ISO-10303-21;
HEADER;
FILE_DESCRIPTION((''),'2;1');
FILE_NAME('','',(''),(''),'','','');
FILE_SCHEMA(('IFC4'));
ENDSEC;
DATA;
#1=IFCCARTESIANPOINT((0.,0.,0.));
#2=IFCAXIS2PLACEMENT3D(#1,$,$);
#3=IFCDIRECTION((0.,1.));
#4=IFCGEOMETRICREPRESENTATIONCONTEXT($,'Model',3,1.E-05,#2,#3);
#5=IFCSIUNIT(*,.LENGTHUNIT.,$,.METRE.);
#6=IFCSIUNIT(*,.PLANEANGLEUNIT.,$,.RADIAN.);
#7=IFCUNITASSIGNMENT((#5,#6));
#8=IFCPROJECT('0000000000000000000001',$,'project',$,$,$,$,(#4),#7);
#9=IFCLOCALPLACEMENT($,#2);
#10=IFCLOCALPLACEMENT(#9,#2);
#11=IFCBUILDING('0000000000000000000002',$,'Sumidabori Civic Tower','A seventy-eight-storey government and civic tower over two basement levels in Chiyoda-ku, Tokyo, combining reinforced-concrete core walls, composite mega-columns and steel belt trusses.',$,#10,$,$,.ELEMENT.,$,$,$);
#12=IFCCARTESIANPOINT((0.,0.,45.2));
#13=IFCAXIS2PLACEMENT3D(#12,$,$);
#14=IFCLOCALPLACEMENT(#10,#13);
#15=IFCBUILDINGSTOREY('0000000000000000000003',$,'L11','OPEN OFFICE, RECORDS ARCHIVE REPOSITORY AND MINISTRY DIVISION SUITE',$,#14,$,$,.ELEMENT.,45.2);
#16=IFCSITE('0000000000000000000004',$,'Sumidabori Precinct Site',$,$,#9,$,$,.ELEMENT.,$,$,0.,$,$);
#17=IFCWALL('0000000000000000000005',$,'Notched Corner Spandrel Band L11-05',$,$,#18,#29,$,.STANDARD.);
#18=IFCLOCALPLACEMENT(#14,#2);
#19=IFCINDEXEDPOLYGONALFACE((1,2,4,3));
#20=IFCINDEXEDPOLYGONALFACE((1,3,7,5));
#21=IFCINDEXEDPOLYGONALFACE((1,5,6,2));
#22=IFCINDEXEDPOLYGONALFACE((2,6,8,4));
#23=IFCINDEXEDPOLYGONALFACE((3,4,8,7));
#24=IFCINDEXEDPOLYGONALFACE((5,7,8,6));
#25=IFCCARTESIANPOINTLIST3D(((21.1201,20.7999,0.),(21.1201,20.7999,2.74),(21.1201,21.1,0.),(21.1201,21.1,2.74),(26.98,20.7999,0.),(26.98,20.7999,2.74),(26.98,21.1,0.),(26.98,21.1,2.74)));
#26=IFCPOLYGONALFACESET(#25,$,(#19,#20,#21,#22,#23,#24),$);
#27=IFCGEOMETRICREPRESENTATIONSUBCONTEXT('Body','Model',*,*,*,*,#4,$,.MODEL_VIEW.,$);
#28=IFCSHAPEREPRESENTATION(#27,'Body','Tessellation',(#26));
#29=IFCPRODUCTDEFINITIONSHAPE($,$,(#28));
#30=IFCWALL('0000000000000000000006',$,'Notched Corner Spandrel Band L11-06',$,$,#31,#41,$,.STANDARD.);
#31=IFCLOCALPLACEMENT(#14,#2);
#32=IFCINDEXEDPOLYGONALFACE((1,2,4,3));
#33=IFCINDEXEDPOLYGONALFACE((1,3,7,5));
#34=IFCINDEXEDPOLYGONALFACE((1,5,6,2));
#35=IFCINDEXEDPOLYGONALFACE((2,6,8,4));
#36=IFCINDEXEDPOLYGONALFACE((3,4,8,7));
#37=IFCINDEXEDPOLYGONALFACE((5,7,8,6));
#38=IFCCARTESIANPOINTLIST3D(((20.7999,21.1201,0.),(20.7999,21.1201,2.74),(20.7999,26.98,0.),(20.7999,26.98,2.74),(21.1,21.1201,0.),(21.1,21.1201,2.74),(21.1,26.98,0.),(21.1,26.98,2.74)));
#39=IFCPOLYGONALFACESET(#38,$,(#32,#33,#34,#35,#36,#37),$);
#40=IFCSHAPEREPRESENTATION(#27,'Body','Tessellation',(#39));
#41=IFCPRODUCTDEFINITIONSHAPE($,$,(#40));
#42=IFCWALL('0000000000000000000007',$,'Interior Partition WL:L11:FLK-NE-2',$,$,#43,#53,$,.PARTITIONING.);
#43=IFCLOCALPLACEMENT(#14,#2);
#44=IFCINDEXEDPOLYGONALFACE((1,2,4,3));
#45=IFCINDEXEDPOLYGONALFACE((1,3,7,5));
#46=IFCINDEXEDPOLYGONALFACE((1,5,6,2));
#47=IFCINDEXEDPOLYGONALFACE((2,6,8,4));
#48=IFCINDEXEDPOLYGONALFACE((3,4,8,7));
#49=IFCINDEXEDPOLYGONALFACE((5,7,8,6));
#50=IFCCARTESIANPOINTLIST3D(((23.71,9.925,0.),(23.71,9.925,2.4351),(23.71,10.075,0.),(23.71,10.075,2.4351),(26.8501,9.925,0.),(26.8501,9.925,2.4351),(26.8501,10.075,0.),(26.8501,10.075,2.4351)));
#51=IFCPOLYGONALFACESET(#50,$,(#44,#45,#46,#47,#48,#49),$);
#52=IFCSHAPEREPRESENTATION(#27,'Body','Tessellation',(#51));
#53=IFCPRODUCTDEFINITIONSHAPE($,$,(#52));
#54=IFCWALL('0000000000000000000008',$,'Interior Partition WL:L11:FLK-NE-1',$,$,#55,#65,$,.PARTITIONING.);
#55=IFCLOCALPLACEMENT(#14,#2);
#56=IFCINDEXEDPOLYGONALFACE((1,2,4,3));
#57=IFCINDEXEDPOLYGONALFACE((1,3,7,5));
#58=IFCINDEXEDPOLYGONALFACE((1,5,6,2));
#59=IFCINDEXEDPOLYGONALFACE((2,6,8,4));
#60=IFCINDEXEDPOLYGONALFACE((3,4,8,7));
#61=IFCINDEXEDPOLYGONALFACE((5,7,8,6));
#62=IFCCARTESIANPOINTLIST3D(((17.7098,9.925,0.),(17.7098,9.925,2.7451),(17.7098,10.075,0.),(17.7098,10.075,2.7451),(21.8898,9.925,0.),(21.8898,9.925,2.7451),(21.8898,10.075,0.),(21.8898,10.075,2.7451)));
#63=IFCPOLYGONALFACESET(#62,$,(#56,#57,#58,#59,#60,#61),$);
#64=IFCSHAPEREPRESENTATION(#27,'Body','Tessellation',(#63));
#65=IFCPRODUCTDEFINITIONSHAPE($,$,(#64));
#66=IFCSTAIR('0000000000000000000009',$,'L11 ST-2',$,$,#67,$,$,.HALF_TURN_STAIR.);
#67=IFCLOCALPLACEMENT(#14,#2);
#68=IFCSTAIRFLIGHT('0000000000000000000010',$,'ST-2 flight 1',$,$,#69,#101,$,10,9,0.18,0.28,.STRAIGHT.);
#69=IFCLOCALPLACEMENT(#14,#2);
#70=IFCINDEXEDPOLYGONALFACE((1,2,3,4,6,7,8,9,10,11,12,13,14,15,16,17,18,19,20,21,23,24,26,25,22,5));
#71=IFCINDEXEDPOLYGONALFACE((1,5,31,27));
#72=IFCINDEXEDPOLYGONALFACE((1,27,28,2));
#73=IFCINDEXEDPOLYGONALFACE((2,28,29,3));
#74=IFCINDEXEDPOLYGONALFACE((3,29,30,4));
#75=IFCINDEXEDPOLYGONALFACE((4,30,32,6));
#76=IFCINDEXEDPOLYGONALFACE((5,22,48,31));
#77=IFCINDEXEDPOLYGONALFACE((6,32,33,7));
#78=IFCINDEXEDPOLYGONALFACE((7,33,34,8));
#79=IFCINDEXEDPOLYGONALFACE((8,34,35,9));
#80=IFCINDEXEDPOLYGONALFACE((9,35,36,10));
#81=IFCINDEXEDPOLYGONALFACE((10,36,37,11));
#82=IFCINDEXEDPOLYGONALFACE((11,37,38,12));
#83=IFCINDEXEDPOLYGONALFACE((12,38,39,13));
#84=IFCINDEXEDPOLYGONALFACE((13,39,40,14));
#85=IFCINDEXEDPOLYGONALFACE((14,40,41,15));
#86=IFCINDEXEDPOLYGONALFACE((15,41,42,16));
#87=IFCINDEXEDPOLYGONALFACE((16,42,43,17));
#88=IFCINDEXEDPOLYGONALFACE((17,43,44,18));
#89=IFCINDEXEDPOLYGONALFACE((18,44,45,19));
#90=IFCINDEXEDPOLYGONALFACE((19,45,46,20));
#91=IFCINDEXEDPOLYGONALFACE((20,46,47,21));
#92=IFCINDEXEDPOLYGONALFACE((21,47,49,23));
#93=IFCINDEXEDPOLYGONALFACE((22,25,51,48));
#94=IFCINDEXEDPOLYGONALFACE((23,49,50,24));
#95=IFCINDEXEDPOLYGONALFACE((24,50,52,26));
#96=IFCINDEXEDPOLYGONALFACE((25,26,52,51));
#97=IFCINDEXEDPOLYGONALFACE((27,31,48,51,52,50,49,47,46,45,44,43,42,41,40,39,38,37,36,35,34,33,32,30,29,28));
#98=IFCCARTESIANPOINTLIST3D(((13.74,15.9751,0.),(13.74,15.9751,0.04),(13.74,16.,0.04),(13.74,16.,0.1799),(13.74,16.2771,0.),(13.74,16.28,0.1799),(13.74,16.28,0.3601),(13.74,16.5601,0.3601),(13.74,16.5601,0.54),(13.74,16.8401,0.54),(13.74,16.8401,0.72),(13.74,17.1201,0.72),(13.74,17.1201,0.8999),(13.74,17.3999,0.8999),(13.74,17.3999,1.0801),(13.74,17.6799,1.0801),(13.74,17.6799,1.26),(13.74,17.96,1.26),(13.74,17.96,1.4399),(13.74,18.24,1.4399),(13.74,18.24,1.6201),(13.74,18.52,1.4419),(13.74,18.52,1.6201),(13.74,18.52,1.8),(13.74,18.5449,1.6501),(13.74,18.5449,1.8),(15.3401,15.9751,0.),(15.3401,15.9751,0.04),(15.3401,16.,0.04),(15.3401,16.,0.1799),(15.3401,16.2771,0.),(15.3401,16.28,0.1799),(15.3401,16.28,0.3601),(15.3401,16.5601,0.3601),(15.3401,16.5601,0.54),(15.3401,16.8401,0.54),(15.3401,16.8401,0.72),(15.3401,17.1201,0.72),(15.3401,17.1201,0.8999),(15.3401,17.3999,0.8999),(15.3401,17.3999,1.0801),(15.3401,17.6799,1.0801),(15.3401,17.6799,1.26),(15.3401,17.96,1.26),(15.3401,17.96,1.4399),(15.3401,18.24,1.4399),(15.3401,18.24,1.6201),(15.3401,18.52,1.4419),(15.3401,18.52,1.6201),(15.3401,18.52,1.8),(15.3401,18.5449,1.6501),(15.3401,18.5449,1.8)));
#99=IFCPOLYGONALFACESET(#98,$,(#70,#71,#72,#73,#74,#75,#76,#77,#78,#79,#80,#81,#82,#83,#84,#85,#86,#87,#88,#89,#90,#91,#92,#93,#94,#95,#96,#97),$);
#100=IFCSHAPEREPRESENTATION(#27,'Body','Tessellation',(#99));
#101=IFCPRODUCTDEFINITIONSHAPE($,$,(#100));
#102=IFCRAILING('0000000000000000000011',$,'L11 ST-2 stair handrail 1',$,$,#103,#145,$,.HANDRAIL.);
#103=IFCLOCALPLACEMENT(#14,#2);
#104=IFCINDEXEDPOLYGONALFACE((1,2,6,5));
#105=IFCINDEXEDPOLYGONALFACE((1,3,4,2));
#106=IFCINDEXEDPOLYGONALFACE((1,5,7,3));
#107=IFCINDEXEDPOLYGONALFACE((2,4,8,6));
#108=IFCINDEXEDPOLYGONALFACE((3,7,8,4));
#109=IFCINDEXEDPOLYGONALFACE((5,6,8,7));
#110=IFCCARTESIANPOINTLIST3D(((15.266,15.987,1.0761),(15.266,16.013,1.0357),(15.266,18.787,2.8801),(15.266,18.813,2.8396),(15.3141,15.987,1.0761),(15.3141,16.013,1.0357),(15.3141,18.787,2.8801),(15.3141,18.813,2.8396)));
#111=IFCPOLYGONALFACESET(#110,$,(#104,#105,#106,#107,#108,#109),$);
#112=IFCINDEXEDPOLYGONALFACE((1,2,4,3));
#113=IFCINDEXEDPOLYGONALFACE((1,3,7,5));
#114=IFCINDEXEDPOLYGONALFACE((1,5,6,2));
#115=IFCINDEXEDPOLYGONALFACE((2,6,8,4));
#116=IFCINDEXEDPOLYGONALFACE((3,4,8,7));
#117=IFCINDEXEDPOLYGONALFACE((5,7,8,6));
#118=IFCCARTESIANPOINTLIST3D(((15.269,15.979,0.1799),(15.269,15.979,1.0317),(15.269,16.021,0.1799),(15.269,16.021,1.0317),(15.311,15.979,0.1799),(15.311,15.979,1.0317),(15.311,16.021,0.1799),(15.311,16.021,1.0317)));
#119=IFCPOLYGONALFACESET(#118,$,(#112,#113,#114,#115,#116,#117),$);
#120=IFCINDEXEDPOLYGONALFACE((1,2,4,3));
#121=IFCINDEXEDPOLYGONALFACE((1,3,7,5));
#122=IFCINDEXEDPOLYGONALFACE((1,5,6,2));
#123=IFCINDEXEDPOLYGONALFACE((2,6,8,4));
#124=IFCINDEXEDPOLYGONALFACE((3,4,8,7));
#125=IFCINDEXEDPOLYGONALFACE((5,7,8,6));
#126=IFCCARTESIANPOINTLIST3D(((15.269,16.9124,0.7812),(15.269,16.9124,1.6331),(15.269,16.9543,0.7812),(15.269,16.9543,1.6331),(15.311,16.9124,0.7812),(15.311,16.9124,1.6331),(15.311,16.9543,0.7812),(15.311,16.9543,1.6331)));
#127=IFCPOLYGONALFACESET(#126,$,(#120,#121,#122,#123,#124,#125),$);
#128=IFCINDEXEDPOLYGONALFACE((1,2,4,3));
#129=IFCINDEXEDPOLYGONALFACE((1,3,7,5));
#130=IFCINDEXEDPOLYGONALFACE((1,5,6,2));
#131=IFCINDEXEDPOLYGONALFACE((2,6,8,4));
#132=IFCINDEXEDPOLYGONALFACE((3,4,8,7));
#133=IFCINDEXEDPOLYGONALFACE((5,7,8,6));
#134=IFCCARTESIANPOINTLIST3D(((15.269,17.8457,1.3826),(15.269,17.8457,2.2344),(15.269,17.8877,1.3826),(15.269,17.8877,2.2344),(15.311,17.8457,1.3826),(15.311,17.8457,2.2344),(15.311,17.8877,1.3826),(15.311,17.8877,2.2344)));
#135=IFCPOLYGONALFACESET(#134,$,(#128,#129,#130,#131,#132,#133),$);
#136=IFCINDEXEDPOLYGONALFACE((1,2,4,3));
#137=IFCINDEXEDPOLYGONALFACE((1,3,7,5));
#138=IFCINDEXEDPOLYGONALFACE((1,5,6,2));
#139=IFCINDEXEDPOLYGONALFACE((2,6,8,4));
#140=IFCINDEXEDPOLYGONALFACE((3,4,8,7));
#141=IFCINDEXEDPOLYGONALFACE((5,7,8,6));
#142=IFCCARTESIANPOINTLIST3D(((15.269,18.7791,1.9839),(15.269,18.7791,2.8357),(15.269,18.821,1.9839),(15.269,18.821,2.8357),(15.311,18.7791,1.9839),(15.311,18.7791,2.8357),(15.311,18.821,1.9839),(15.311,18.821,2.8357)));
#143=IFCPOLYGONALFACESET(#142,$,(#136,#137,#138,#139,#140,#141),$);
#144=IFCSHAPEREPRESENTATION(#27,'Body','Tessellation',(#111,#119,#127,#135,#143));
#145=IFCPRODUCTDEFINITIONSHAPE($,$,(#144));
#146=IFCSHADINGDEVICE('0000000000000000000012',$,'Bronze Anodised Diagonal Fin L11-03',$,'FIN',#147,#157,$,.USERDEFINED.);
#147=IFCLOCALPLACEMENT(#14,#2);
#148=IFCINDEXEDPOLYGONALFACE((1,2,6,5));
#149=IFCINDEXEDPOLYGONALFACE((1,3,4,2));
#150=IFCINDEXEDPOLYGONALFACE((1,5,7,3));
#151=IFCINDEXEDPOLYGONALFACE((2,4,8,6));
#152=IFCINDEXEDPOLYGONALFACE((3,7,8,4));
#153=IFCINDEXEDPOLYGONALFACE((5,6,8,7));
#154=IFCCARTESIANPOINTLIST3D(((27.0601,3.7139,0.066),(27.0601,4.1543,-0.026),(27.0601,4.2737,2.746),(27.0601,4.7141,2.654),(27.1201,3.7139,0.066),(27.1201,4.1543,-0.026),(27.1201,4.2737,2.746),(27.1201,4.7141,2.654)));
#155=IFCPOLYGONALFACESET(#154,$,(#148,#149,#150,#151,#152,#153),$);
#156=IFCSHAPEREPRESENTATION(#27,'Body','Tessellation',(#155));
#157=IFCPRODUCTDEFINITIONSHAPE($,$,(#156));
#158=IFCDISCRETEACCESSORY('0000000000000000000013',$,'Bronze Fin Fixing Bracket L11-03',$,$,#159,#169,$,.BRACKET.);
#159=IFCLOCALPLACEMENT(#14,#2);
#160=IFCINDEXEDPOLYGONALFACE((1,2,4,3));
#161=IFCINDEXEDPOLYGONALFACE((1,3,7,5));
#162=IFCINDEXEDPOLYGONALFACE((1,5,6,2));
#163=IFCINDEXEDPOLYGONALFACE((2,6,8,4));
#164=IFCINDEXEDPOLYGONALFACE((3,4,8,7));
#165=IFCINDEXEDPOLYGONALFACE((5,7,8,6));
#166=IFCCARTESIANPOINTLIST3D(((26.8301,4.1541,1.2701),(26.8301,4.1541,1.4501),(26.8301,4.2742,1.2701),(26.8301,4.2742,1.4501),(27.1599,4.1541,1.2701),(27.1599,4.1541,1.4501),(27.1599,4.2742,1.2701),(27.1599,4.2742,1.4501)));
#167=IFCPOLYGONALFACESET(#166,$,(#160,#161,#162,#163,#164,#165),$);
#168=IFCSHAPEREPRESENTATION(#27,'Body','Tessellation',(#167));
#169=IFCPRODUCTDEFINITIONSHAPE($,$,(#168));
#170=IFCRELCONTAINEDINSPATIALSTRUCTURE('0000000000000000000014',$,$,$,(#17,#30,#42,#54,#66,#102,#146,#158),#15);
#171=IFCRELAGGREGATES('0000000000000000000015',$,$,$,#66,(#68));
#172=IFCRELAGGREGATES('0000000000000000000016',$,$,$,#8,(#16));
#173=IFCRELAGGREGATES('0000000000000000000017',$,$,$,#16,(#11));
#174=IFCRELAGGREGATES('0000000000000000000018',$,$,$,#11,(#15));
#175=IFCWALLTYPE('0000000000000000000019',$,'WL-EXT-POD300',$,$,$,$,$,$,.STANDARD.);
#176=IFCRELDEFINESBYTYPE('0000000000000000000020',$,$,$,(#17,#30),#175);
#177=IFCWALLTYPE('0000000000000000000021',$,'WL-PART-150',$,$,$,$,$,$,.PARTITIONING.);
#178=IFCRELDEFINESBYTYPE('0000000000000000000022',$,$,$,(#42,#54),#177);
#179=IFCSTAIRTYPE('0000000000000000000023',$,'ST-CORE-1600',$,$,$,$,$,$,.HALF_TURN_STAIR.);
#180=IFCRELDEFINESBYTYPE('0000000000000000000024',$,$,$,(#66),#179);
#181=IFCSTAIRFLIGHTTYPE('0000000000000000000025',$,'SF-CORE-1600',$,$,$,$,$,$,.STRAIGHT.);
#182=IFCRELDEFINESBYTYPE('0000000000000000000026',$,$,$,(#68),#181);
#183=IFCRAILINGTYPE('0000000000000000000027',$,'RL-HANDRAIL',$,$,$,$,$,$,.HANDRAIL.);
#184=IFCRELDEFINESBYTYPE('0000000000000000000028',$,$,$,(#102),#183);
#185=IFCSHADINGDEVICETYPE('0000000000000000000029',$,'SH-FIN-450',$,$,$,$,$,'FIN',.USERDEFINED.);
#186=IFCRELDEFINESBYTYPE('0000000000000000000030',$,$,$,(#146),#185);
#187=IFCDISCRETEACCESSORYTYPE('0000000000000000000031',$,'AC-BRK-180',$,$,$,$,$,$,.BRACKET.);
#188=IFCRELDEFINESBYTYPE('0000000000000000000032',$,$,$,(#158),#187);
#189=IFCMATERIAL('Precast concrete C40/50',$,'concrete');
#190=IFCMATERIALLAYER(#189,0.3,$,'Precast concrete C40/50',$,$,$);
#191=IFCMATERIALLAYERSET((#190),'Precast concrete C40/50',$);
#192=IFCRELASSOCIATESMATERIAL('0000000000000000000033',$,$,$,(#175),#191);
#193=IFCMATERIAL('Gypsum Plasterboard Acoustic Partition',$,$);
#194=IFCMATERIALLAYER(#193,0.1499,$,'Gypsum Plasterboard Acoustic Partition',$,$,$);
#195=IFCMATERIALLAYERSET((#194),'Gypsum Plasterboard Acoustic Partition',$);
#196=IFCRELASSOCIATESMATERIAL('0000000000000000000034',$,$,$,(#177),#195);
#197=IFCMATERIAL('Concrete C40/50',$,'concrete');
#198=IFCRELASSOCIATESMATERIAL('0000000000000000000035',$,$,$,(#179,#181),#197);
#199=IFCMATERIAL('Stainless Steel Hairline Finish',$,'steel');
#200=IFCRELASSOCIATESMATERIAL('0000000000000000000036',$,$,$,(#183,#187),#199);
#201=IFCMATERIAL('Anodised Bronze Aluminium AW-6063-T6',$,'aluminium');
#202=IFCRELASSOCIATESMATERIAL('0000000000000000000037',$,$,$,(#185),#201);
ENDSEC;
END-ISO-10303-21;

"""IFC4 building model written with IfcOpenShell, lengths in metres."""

from ifc_helpers import new_model, si_unit, direction, frame, frame_2d, origin, origin_2d, place, context, subcontext, project, spatial, polyline, rectangle, outline, extrude, source, transform, mapped, material, layer, layer_set, material_profile, profile_set, type_object, element, aggregate, save


model = new_model("IFC4")

# Units and contexts
model_context = context("Model", 3, precision=1e-05, world=origin(), true_north=direction((0.0, 1.0)))
body_context = subcontext(model_context, "Body", "Model", "MODEL_VIEW")
ifc_project = project(units=[si_unit("LENGTHUNIT", "METRE"), si_unit("PLANEANGLEUNIT", "RADIAN")], contexts=[model_context])

# Site, building, storey
site_placement = place(None, origin())
site = spatial("IfcSite", under=ifc_project, at=site_placement, Name="Sumidabori Precinct Site", CompositionType="ELEMENT", RefElevation=0.0)
building_placement = place(site_placement, origin())
building = spatial("IfcBuilding", under=site, at=building_placement, Name="Sumidabori Civic Tower", Description="A seventy-eight-storey government and civic tower over two basement levels in Chiyoda-ku, Tokyo, combining reinforced-concrete core walls, composite mega-columns and steel belt trusses.", CompositionType="ELEMENT")
storey_placement = place(building_placement, frame((0.0, 0.0, 45.2)))
storey = spatial("IfcBuildingStorey", under=building, at=storey_placement, Name="L11", Description="OPEN OFFICE, RECORDS ARCHIVE REPOSITORY AND MINISTRY DIVISION SUITE", CompositionType="ELEMENT", Elevation=45.2)

# Shared definitions
ifc_material_1 = material(Name="Anodised Bronze Aluminium AW-6063-T6", Category="aluminium")

# Walls
ifc_material_2 = material(Name="Precast concrete C40/50", Category="concrete")
ifc_layer_1 = layer(ifc_material_2, 0.3, Name="Precast concrete C40/50")
ifc_layer_set_1 = layer_set([ifc_layer_1], Name="Precast concrete C40/50")
wall_type_1 = type_object("IfcWallType", Name="WL-EXT-POD300", PredefinedType="STANDARD", material=ifc_layer_set_1)
shared_shape_1 = source(origin(), body_context, "Body", "SweptSolid", [
    extrude(rectangle(XDim=5.8599, YDim=0.3, at=frame_2d((2.9299, 0.0))), origin(), (0.0, 0.0, 1.0), 2.74),
])
for number, where, z_axis, x_axis, name in (
    (1, (26.98, 20.95, 0.0), (0.0, 0.0, 1.0), (-1.0, 0.0, 0.0), "Notched Corner Spandrel Band L11-05"),
    (2, (20.95, 21.1201, 0.0), (0.0, 0.0, 1.0), (0.0, 1.0, 0.0), "Notched Corner Spandrel Band L11-06"),
):
    element("IfcWall", number, at=place(storey_placement, frame(where, z_axis=z_axis, x_axis=x_axis)), inside=storey, type_object=wall_type_1, Name=name, PredefinedType="STANDARD", context=body_context, shape_type="MappedRepresentation", body=[
        mapped(shared_shape_1, transform((0.0, 0.0, 0.0), x_axis=(1.0, 0.0, 0.0), y_axis=(0.0, 1.0, 0.0), z_axis=(0.0, 0.0, 1.0), scale=1.0)),
    ])
ifc_material_3 = material(Name="Gypsum Plasterboard Acoustic Partition")
ifc_layer_2 = layer(ifc_material_3, 0.1499, Name="Gypsum Plasterboard Acoustic Partition")
ifc_layer_set_2 = layer_set([ifc_layer_2], Name="Gypsum Plasterboard Acoustic Partition")
wall_type_2 = type_object("IfcWallType", Name="WL-PART-150", PredefinedType="PARTITIONING", material=ifc_layer_set_2)
shared_shape_2 = source(origin(), body_context, "Body", "SweptSolid", [
    extrude(rectangle(XDim=3.1401, YDim=0.1499, at=frame_2d((1.5701, 0.0))), origin(), (0.0, 0.0, 1.0), 2.4351),
])
wall_1_placement = place(storey_placement, frame((23.71, 10.0, 0.0), z_axis=(0.0, 0.0, 1.0), x_axis=(1.0, 0.0, 0.0)))
element("IfcWall", 3, at=wall_1_placement, inside=storey, type_object=wall_type_2, Name="Interior Partition WL:L11:FLK-NE-2", PredefinedType="PARTITIONING", context=body_context, shape_type="MappedRepresentation", body=[
    mapped(shared_shape_2, transform((0.0, 0.0, 0.0), x_axis=(1.0, 0.0, 0.0), y_axis=(0.0, 1.0, 0.0), z_axis=(0.0, 0.0, 1.0), scale=1.0)),
])
shared_shape_3 = source(origin(), body_context, "Body", "SweptSolid", [
    extrude(rectangle(XDim=4.1799, YDim=0.1499, at=frame_2d((2.0898, 0.0))), origin(), (0.0, 0.0, 1.0), 2.7451),
])
wall_2_placement = place(storey_placement, frame((17.71, 10.0, 0.0), z_axis=(0.0, 0.0, 1.0), x_axis=(1.0, 0.0, 0.0)))
element("IfcWall", 4, at=wall_2_placement, inside=storey, type_object=wall_type_2, Name="Interior Partition WL:L11:FLK-NE-1", PredefinedType="PARTITIONING", context=body_context, shape_type="MappedRepresentation", body=[
    mapped(shared_shape_3, transform((0.0, 0.0, 0.0), x_axis=(1.0, 0.0, 0.0), y_axis=(0.0, 1.0, 0.0), z_axis=(0.0, 0.0, 1.0), scale=1.0)),
])

# Stair, stair flight
ifc_material_4 = material(Name="Concrete C40/50", Category="concrete")
stair_type = type_object("IfcStairType", Name="ST-CORE-1600", PredefinedType="HALF_TURN_STAIR", material=ifc_material_4)
stair_placement = place(storey_placement, origin())
stair = element("IfcStair", 5, at=stair_placement, inside=storey, type_object=stair_type, Name="L11 ST-2", PredefinedType="HALF_TURN_STAIR")
stair_flight_type = type_object("IfcStairFlightType", Name="SF-CORE-1600", PredefinedType="STRAIGHT", material=ifc_material_4)
shared_shape_4 = source(origin(), body_context, "Body", "SweptSolid", [
    extrude(outline(polyline([(-0.0249, 0.0), (-0.0249, 0.04), (0.0, 0.04), (0.0, 0.1799), (0.28, 0.1799), (0.28, 0.3601), (0.5601, 0.3601), (0.5601, 0.54), (0.8401, 0.54), (0.8401, 0.72), (1.1201, 0.72), (1.1201, 0.8999), (1.3999, 0.8999), (1.3999, 1.0801), (1.6799, 1.0801), (1.6799, 1.26), (1.96, 1.26), (1.96, 1.4399), (2.24, 1.4399), (2.24, 1.6201), (2.52, 1.6201), (2.52, 1.8), (2.5449, 1.8), (2.5449, 1.6501), (2.52, 1.4419), (0.2771, 0.0), (-0.0249, 0.0)])), frame((0.0, 0.8, 0.0), z_axis=(0.0, -1.0, 0.0), x_axis=(1.0, 0.0, 0.0)), (0.0, 0.0, 1.0), 1.6001),
])
stair_flight_placement = place(storey_placement, frame((14.54, 16.0, 0.0), z_axis=(0.0, 0.0, 1.0), x_axis=(0.0, 1.0, 0.0)))
stair_flight = element("IfcStairFlight", 6, at=stair_flight_placement, type_object=stair_flight_type, Name="ST-2 flight 1", NumberOfRisers=10, NumberOfTreads=9, PredefinedType="STRAIGHT", RiserHeight=0.18, TreadLength=0.28, context=body_context, shape_type="MappedRepresentation", body=[
    mapped(shared_shape_4, transform((0.0, 0.0, 0.0), x_axis=(1.0, 0.0, 0.0), y_axis=(0.0, 1.0, 0.0), z_axis=(0.0, 0.0, 1.0), scale=1.0)),
])
aggregate(stair, [stair_flight])

# Railing
ifc_material_5 = material(Name="Stainless Steel Hairline Finish", Category="steel")
railing_type = type_object("IfcRailingType", Name="RL-HANDRAIL", PredefinedType="HANDRAIL", material=ifc_material_5)
railing_placement = place(storey_placement, frame((15.29, 16.0, 0.1799)))
element("IfcRailing", 7, at=railing_placement, inside=storey, type_object=railing_type, Name="L11 ST-2 stair handrail 1", PredefinedType="HANDRAIL", context=body_context, shape_type="SweptSolid", body=[
    extrude(rectangle(XDim=0.0481, YDim=0.0481, at=origin_2d()), frame((0.0, 0.0, 0.876), z_axis=(0.0, 0.840642, 0.541591), x_axis=(-1.0, 0.0, 0.0)), (0.0, 0.0, 1.0), 3.3308),
    extrude(rectangle(XDim=0.042, YDim=0.042, at=origin_2d()), origin(), (0.0, 0.0, 1.0), 0.8518),
    extrude(rectangle(XDim=0.042, YDim=0.042, at=origin_2d()), frame((0.0, 0.9333, 0.6013)), (0.0, 0.0, 1.0), 0.8518),
    extrude(rectangle(XDim=0.042, YDim=0.042, at=origin_2d()), frame((0.0, 1.8667, 1.2026)), (0.0, 0.0, 1.0), 0.8518),
    extrude(rectangle(XDim=0.042, YDim=0.042, at=origin_2d()), frame((0.0, 2.8, 1.804)), (0.0, 0.0, 1.0), 0.8518),
])

# Shading device
ifc_material_profile_1 = material_profile(ifc_material_1, rectangle(XDim=0.0601, YDim=0.45, at=origin_2d()), Name="BRONZE FIN 450x60")
ifc_profile_set_1 = profile_set([ifc_material_profile_1], Name="Anodised Bronze Aluminium AW-6063-T6")
shading_device_type = type_object("IfcShadingDeviceType", Name="SH-FIN-450", ElementType="FIN", PredefinedType="USERDEFINED", material=ifc_profile_set_1)
shared_shape_5 = source(origin(), body_context, "Body", "SweptSolid", [
    extrude(rectangle(XDim=0.0601, YDim=0.45, at=origin_2d()), origin(), (0.0, 0.0, 1.0), 2.7378),
])
shading_device_placement = place(storey_placement, frame((27.0901, 3.9341, 0.02), z_axis=(0.0, 0.204478, 0.978871), x_axis=(-1.0, 0.0, 0.0)))
element("IfcShadingDevice", 8, at=shading_device_placement, inside=storey, type_object=shading_device_type, Name="Bronze Anodised Diagonal Fin L11-03", ObjectType="FIN", PredefinedType="USERDEFINED", context=body_context, shape_type="MappedRepresentation", body=[
    mapped(shared_shape_5, transform((0.0, 0.0, 0.0), x_axis=(1.0, 0.0, 0.0), y_axis=(0.0, 1.0, 0.0), z_axis=(0.0, 0.0, 1.0), scale=1.0)),
])

# Discrete accessory
ifc_material_profile_2 = material_profile(ifc_material_5, rectangle(XDim=0.1201, YDim=0.1799, at=origin_2d()), Name="STEEL BRACKET 180x120")
ifc_profile_set_2 = profile_set([ifc_material_profile_2], Name="Stainless Steel Hairline Finish")
discrete_accessory_type = type_object("IfcDiscreteAccessoryType", Name="AC-BRK-180", PredefinedType="BRACKET", material=ifc_profile_set_2)
shared_shape_6 = source(origin(), body_context, "Body", "SweptSolid", [
    extrude(rectangle(XDim=0.1201, YDim=0.1799, at=origin_2d()), origin(), (0.0, 0.0, 1.0), 0.3298),
])
discrete_accessory_placement = place(storey_placement, frame((26.8301, 4.2141, 1.3601), z_axis=(1.0, 0.0, 0.0), x_axis=(0.0, 1.0, 0.0)))
element("IfcDiscreteAccessory", 9, at=discrete_accessory_placement, inside=storey, type_object=discrete_accessory_type, Name="Bronze Fin Fixing Bracket L11-03", PredefinedType="BRACKET", context=body_context, shape_type="MappedRepresentation", body=[
    mapped(shared_shape_6, transform((0.0, 0.0, 0.0), x_axis=(1.0, 0.0, 0.0), y_axis=(0.0, 1.0, 0.0), z_axis=(0.0, 0.0, 1.0), scale=1.0)),
])

save(model, "model.ifc")
